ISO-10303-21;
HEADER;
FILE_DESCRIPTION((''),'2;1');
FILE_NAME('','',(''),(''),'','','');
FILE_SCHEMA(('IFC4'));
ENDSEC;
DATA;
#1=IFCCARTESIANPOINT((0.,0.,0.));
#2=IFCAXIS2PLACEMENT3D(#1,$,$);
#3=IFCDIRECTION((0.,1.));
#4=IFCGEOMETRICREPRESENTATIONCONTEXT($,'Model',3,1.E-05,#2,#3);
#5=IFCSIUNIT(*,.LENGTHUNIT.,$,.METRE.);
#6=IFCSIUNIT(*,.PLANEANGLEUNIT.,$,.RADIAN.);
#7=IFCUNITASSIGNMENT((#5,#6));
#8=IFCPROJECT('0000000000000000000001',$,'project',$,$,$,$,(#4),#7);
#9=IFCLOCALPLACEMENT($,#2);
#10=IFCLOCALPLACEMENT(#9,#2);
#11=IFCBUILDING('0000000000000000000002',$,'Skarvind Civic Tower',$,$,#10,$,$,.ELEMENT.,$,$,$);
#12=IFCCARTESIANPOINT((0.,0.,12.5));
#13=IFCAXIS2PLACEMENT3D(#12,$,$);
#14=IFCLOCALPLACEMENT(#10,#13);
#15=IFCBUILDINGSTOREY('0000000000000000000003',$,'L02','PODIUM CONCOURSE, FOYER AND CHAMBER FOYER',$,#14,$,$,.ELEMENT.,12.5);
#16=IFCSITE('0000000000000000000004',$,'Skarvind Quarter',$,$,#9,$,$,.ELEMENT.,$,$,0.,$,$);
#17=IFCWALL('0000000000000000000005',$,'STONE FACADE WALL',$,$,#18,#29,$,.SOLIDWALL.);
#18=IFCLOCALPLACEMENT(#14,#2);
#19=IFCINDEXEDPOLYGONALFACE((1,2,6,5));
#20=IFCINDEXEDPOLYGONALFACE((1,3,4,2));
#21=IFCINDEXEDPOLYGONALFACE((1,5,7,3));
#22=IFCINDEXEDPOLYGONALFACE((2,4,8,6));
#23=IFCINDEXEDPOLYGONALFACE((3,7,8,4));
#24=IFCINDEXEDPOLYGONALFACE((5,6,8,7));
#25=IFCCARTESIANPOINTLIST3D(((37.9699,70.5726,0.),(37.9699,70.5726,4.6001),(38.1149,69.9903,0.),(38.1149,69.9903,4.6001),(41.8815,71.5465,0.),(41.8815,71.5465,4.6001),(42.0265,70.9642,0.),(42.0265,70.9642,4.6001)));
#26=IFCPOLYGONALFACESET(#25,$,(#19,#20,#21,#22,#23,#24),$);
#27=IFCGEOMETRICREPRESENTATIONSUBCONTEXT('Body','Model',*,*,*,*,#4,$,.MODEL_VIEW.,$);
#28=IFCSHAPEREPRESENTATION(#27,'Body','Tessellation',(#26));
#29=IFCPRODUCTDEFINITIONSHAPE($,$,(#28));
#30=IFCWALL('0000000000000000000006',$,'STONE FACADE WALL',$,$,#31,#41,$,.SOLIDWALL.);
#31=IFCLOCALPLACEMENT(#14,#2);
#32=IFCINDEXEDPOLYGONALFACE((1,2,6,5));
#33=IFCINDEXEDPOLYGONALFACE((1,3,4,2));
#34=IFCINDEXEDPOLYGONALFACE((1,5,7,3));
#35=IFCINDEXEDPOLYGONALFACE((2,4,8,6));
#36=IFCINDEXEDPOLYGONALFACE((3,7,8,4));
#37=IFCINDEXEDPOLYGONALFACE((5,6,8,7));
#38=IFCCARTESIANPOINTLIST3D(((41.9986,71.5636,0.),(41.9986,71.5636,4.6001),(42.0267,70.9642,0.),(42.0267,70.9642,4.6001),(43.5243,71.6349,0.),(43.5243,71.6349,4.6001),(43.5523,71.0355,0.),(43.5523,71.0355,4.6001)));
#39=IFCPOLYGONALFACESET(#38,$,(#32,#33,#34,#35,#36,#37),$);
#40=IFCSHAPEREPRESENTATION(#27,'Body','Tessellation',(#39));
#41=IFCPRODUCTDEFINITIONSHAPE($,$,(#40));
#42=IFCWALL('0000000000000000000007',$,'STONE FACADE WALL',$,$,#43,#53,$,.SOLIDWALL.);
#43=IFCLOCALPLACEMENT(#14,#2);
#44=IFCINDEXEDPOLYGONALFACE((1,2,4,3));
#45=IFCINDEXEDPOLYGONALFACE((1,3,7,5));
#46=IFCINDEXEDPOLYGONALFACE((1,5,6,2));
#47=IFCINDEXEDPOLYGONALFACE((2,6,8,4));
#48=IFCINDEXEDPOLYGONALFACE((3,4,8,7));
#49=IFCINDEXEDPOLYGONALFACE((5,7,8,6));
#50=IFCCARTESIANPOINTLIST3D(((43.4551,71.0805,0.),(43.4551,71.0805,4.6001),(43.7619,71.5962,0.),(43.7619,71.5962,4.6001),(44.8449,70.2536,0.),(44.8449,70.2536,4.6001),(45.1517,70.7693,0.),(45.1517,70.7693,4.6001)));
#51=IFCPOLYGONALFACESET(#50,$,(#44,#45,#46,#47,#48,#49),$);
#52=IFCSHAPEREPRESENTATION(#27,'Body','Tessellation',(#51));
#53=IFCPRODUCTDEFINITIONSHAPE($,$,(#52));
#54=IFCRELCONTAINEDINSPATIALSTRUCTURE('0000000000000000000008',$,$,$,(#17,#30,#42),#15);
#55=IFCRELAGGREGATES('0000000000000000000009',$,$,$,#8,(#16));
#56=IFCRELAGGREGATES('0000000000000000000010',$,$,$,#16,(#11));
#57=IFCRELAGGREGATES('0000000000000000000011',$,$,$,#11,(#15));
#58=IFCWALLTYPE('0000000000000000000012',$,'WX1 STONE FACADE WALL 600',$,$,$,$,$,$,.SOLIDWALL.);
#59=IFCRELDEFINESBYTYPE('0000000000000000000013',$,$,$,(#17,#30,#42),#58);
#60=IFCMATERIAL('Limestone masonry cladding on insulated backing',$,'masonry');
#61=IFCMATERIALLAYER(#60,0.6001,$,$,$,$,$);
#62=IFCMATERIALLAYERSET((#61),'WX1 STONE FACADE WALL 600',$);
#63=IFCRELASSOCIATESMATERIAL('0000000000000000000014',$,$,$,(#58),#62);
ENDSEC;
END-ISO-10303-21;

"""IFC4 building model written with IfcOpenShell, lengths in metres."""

from ifc_helpers import new_model, si_unit, direction, frame, frame_2d, origin, place, context, subcontext, project, spatial, rectangle, extrude, material, layer, layer_set, type_object, element, save


model = new_model("IFC4")

# Units and contexts
model_context = context("Model", 3, precision=1e-05, world=origin(), true_north=direction((0.0, 1.0)))
body_context = subcontext(model_context, "Body", "Model", "MODEL_VIEW")
ifc_project = project(units=[si_unit("LENGTHUNIT", "METRE"), si_unit("PLANEANGLEUNIT", "RADIAN")], contexts=[model_context])

# Site, building, storey
site_placement = place(None, origin())
site = spatial("IfcSite", under=ifc_project, at=site_placement, Name="Skarvind Quarter", CompositionType="ELEMENT", RefElevation=0.0)
building_placement = place(site_placement, origin())
building = spatial("IfcBuilding", under=site, at=building_placement, Name="Skarvind Civic Tower", CompositionType="ELEMENT")
storey_placement = place(building_placement, frame((0.0, 0.0, 12.5)))
storey = spatial("IfcBuildingStorey", under=building, at=storey_placement, Name="L02", Description="PODIUM CONCOURSE, FOYER AND CHAMBER FOYER", CompositionType="ELEMENT", Elevation=12.5)

# Shared definitions
ifc_material_1 = material(Name="Limestone masonry cladding on insulated backing", Category="masonry")
ifc_layer_1 = layer(ifc_material_1, 0.6001)
ifc_layer_set_1 = layer_set([ifc_layer_1], Name="WX1 STONE FACADE WALL 600")
wall_type_1 = type_object("IfcWallType", Name="WX1 STONE FACADE WALL 600", PredefinedType="SOLIDWALL", material=ifc_layer_set_1)

# Walls
wall_1_placement = place(storey_placement, frame((41.9541, 71.2554, 0.0), z_axis=(0.0, 0.0, 1.0), x_axis=(-0.970377, -0.241595, 0.0)))
element("IfcWall", 1, at=wall_1_placement, inside=storey, type_object=wall_type_1, Name="STONE FACADE WALL", PredefinedType="SOLIDWALL", context=body_context, shape_type="SweptSolid", body=[
    extrude(rectangle(XDim=4.031, YDim=0.6001, at=frame_2d((2.0156, 0.0))), origin(), (0.0, 0.0, 1.0), 4.6001),
])
wall_2_placement = place(storey_placement, frame((43.5383, 71.3352, 0.0), z_axis=(0.0, 0.0, 1.0), x_axis=(-0.99891, -0.046677, 0.0)))
element("IfcWall", 2, at=wall_2_placement, inside=storey, type_object=wall_type_1, Name="STONE FACADE WALL", PredefinedType="SOLIDWALL", context=body_context, shape_type="SweptSolid", body=[
    extrude(rectangle(XDim=1.5273, YDim=0.6001, at=frame_2d((0.7637, 0.0))), origin(), (0.0, 0.0, 1.0), 4.6001),
])
wall_3_placement = place(storey_placement, frame((44.9983, 70.5115, 0.0), z_axis=(0.0, 0.0, 1.0), x_axis=(-0.859405, 0.511295, 0.0)))
element("IfcWall", 3, at=wall_3_placement, inside=storey, type_object=wall_type_1, Name="STONE FACADE WALL", PredefinedType="SOLIDWALL", context=body_context, shape_type="SweptSolid", body=[
    extrude(rectangle(XDim=1.6172, YDim=0.6001, at=frame_2d((0.8086, 0.0))), origin(), (0.0, 0.0, 1.0), 4.6001),
])

save(model, "model.ifc")
